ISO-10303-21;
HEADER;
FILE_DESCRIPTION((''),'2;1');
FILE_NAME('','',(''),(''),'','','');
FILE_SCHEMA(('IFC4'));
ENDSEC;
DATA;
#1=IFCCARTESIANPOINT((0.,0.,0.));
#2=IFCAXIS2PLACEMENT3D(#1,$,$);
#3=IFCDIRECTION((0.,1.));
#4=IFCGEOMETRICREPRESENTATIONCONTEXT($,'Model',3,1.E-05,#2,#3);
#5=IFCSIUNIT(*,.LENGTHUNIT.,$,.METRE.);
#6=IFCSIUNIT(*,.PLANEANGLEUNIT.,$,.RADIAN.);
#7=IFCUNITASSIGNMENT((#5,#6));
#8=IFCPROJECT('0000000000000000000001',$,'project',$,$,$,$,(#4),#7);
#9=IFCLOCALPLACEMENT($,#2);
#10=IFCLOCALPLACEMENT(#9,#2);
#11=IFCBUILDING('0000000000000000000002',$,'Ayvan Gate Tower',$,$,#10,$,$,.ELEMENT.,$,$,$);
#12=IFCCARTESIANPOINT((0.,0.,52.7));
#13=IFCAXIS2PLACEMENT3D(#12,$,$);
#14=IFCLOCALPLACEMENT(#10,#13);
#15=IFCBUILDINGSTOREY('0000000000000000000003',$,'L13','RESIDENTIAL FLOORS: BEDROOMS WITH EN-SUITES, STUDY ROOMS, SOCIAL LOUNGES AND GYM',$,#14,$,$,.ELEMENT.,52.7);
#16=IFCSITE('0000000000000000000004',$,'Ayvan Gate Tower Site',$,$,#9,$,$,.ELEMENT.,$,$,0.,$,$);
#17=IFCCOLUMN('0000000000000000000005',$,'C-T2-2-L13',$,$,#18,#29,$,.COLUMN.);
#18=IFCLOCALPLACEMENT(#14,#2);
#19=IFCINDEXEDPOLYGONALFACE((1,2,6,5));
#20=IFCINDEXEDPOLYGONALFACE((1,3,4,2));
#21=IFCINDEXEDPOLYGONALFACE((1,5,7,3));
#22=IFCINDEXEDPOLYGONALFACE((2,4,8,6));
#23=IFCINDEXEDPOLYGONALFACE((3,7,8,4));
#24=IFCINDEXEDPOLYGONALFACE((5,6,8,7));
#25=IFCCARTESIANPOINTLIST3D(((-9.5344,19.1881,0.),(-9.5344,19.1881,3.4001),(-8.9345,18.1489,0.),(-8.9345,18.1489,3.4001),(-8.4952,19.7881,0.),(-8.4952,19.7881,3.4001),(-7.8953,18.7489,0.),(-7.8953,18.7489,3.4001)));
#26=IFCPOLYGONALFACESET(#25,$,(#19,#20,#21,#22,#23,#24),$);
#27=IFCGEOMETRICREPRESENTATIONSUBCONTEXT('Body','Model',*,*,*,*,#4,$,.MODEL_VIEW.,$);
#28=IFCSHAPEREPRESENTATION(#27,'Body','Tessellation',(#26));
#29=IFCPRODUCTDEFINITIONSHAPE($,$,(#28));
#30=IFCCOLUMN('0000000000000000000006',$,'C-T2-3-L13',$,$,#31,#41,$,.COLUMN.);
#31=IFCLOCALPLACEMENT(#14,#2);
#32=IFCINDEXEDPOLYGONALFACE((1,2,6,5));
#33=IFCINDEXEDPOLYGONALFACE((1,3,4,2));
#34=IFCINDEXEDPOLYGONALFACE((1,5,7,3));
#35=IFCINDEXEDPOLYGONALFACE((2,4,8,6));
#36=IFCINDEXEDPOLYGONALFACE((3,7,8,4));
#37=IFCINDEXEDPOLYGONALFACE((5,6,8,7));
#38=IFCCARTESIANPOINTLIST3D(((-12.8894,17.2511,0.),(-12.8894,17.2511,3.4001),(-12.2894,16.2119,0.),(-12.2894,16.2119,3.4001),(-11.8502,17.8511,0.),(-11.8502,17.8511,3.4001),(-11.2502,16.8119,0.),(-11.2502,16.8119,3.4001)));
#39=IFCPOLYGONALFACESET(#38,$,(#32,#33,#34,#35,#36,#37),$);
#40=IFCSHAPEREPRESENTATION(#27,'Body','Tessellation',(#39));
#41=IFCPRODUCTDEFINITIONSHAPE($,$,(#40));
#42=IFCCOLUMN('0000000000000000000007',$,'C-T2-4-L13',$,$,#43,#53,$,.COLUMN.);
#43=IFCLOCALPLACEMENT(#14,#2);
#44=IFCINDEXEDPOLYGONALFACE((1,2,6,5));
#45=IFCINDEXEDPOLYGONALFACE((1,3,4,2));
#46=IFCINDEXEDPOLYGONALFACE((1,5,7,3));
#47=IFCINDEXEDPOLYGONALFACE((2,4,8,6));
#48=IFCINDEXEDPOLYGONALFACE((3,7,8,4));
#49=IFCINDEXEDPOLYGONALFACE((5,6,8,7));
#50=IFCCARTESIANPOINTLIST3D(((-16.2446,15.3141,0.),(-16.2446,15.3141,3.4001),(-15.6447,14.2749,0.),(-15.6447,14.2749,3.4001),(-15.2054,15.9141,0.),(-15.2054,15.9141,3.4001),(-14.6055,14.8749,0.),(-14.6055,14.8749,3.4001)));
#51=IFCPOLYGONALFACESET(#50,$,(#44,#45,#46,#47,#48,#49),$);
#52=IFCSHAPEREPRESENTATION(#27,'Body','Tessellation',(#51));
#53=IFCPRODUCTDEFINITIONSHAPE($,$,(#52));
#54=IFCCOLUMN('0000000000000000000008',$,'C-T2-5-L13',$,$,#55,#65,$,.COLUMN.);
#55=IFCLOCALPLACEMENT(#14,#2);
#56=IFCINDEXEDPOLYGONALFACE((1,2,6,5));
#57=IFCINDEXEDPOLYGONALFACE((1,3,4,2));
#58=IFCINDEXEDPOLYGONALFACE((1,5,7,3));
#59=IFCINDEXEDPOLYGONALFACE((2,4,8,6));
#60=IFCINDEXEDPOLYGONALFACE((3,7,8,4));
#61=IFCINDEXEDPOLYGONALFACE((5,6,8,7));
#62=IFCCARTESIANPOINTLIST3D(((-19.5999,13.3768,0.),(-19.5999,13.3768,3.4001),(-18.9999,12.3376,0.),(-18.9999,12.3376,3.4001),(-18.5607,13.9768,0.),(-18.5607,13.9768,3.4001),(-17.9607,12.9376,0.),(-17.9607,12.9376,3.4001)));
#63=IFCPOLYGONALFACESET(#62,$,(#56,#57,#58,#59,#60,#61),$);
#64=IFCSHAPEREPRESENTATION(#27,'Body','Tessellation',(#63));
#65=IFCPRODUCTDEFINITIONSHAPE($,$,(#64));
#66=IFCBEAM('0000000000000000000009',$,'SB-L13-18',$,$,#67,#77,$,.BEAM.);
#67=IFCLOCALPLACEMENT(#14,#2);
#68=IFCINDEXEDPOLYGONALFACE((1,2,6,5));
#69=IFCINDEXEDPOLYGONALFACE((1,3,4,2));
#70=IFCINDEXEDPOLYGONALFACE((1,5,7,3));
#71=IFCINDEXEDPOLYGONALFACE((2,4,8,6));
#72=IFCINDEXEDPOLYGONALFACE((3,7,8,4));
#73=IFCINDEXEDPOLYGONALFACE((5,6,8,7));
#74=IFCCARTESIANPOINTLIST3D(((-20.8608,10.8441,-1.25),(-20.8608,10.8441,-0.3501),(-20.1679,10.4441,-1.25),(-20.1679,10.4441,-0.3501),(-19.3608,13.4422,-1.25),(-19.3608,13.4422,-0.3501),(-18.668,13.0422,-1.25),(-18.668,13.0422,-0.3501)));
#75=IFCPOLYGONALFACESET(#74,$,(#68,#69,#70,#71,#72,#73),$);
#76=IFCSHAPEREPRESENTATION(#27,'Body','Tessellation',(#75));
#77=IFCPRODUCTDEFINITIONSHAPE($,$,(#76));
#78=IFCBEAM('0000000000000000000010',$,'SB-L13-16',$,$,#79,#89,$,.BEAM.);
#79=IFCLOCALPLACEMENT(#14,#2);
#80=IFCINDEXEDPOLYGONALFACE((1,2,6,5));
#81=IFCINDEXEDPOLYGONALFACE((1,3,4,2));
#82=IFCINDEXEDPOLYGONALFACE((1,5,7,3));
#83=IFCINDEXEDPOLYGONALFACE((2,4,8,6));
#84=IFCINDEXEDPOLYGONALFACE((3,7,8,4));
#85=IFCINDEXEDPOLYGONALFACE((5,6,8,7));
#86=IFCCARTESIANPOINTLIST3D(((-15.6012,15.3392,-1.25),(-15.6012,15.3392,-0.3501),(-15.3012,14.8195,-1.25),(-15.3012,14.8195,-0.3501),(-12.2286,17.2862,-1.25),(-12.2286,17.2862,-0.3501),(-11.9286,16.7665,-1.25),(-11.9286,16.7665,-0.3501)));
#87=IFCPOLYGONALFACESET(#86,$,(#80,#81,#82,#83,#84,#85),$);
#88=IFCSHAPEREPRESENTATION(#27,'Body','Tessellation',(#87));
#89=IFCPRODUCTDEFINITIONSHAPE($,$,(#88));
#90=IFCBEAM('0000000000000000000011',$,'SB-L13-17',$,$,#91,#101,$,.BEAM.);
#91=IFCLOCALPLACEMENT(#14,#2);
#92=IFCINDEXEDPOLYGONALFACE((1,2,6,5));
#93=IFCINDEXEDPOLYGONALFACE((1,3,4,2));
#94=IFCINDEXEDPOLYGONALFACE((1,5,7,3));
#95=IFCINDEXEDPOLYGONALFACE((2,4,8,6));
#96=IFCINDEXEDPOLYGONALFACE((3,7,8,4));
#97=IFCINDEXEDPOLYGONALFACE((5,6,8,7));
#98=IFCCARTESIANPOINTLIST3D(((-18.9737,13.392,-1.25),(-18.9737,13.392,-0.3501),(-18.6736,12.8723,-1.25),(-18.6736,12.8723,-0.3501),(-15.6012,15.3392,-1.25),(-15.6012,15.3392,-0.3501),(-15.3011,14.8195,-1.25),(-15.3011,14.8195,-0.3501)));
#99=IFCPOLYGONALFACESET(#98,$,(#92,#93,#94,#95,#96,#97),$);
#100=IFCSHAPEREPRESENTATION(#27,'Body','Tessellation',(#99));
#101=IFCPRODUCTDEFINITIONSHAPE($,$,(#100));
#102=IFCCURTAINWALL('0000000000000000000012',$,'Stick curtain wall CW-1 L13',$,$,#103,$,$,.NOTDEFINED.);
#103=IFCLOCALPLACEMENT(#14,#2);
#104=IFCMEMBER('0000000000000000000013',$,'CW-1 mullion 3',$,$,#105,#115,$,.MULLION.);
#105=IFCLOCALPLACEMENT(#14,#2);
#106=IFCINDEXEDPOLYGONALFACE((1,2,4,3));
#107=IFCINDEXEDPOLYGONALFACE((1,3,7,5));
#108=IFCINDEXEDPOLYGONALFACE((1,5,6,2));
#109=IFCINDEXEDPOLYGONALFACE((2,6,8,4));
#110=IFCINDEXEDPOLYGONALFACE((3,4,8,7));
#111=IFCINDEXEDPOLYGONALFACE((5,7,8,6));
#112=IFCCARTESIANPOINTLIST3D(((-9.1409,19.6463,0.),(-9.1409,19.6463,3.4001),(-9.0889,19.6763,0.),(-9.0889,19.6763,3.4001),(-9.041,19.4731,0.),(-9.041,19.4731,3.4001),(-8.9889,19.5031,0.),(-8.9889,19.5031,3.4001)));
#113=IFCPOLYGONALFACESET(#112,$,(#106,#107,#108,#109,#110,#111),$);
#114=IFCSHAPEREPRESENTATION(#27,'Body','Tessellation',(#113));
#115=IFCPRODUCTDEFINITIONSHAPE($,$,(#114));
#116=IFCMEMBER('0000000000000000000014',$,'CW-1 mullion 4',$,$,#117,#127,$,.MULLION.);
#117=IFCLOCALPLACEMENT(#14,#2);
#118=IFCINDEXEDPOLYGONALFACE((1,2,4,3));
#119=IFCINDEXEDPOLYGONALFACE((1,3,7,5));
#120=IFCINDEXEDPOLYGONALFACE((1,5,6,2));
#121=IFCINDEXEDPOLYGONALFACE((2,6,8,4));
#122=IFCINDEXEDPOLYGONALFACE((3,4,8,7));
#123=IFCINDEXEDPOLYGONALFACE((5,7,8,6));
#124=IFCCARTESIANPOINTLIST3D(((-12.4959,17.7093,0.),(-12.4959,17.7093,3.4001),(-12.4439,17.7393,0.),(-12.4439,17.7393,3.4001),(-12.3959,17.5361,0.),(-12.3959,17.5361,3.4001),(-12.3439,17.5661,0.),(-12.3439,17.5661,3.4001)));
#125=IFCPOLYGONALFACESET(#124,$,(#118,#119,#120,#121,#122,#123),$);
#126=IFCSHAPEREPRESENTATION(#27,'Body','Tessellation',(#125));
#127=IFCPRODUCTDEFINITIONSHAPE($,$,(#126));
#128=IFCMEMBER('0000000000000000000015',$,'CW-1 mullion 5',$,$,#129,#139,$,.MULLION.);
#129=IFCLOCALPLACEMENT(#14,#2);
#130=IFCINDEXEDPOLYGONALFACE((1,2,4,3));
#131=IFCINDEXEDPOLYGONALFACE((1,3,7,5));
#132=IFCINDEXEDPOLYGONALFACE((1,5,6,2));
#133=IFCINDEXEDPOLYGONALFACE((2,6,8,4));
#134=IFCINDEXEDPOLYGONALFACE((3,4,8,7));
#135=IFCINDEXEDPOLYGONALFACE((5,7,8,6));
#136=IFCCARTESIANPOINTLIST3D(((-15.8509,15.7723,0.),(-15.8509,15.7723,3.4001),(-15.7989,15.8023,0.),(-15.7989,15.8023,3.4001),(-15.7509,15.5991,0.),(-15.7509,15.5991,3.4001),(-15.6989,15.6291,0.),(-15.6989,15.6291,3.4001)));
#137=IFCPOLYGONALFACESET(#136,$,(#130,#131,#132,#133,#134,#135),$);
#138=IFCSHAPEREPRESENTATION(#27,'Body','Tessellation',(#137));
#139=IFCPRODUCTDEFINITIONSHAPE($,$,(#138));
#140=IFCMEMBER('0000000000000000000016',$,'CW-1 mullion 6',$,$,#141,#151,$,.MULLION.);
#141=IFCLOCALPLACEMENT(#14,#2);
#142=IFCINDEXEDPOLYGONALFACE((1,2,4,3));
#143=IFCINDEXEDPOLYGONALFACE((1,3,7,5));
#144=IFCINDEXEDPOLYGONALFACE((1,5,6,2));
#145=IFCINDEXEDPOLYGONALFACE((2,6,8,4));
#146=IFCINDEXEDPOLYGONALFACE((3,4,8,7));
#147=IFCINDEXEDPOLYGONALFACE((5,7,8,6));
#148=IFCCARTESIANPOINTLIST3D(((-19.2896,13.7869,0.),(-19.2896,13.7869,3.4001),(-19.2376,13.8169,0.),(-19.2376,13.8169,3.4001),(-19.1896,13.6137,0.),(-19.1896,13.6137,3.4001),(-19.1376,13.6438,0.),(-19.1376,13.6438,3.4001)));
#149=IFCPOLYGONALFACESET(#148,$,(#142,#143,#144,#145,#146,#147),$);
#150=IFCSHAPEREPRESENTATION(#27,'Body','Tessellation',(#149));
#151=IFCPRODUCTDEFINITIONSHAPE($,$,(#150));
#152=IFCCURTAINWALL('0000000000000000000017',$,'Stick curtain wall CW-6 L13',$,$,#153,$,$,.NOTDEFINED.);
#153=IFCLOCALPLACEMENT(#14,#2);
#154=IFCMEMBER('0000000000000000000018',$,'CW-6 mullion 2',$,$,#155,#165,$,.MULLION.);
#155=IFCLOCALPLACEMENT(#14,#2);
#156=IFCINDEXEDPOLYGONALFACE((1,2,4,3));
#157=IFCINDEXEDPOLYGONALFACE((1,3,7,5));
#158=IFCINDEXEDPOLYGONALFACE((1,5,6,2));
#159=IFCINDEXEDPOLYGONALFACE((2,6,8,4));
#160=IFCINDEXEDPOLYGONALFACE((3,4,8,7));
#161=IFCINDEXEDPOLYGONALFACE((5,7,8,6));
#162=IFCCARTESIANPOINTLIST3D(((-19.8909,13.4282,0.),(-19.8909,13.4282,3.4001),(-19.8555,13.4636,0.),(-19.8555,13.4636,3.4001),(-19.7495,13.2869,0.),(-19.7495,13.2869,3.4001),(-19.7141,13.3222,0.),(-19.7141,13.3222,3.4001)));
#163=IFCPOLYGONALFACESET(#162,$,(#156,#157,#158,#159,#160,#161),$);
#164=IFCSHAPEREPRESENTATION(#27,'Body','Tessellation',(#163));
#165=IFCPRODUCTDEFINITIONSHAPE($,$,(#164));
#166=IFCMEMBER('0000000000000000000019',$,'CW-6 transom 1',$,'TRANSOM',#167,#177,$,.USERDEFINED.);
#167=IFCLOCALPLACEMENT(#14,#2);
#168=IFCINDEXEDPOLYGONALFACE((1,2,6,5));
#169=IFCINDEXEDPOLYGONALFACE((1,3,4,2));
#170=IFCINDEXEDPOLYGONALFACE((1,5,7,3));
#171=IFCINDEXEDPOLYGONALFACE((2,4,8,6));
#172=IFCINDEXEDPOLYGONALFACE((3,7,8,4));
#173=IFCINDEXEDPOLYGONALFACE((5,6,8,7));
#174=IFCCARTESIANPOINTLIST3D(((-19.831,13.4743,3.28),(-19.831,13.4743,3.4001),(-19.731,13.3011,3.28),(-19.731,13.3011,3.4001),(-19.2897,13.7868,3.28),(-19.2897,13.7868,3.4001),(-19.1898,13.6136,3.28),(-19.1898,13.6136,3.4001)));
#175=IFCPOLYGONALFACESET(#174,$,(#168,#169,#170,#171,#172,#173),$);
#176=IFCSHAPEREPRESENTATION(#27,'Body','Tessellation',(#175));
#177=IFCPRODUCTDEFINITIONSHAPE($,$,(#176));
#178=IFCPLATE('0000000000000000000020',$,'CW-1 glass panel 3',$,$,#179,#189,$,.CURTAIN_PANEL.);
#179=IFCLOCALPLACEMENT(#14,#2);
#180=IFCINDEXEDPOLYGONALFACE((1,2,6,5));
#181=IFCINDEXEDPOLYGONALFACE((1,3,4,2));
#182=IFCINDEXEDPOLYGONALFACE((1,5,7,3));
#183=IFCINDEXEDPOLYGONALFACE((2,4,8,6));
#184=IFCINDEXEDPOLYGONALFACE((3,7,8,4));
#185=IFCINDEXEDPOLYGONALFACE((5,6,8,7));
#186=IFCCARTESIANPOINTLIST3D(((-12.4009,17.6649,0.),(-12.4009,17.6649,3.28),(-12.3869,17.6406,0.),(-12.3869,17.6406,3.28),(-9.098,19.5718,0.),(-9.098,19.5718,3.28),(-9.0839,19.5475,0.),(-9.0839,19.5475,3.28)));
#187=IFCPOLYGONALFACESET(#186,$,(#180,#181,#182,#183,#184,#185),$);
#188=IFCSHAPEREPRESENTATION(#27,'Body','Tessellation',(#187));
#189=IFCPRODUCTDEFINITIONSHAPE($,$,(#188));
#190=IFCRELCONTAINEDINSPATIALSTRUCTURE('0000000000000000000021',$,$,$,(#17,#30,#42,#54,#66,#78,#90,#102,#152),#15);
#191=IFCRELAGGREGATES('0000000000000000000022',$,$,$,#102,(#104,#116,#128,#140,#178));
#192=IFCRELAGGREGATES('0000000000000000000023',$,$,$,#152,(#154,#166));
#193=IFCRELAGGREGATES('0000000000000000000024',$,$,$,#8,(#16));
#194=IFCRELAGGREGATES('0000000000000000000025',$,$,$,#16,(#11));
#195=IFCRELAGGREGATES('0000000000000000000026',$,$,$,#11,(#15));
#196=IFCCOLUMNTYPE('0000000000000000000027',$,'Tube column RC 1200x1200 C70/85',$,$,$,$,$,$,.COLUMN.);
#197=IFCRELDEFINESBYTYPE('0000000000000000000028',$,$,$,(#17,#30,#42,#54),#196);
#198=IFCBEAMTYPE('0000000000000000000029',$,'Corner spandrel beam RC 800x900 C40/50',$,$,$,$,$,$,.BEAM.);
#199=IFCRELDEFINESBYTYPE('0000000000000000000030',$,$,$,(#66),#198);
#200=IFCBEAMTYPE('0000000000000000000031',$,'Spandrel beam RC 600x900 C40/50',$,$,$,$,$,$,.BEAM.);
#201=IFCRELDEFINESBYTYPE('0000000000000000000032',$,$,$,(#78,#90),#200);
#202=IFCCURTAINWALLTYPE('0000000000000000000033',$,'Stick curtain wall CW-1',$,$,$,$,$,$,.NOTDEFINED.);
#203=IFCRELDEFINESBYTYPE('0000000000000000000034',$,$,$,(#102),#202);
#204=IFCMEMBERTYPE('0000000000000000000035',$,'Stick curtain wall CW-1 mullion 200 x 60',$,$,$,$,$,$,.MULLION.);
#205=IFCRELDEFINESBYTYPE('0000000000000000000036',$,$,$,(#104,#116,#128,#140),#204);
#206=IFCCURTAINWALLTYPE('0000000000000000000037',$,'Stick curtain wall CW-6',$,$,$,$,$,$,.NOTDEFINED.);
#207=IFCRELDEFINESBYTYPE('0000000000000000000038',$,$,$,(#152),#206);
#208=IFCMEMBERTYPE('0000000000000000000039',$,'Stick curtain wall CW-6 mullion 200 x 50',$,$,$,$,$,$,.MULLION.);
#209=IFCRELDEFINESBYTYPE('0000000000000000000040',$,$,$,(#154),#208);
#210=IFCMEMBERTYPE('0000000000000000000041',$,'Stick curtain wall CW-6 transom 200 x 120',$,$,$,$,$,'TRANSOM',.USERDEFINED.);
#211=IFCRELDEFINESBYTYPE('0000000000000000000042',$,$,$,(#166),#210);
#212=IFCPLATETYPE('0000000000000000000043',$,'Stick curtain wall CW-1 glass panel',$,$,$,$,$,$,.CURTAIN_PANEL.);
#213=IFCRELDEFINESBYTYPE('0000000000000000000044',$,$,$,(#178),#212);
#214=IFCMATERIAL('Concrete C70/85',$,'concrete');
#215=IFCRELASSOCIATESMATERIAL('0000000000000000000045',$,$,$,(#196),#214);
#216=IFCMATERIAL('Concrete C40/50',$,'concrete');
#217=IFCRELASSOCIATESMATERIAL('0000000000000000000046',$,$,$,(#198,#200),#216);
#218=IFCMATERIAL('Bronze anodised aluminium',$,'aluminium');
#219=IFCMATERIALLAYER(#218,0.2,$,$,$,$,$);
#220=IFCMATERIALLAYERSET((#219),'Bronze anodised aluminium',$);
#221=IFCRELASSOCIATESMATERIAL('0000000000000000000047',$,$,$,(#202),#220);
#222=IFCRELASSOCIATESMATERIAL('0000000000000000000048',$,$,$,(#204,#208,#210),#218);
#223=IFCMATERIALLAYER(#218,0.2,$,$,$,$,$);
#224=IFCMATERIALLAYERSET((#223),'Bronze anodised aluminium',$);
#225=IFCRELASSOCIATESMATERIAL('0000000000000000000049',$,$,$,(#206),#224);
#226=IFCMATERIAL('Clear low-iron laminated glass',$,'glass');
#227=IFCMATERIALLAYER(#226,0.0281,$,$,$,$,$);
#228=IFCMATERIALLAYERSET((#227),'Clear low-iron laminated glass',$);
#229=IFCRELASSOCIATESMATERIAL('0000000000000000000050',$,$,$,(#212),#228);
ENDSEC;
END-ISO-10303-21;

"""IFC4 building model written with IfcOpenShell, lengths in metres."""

from ifc_helpers import new_model, si_unit, direction, frame, origin, origin_2d, place, context, subcontext, project, spatial, rectangle, extrude, material, layer, layer_set, material_profile, profile_set, type_object, element, aggregate, save


model = new_model("IFC4")

# Units and contexts
model_context = context("Model", 3, precision=1e-05, world=origin(), true_north=direction((0.0, 1.0)))
body_context = subcontext(model_context, "Body", "Model", "MODEL_VIEW")
ifc_project = project(units=[si_unit("LENGTHUNIT", "METRE"), si_unit("PLANEANGLEUNIT", "RADIAN")], contexts=[model_context])

# Site, building, storey
site_placement = place(None, origin())
site = spatial("IfcSite", under=ifc_project, at=site_placement, Name="Ayvan Gate Tower Site", CompositionType="ELEMENT", RefElevation=0.0)
building_placement = place(site_placement, origin())
building = spatial("IfcBuilding", under=site, at=building_placement, Name="Ayvan Gate Tower", CompositionType="ELEMENT")
storey_placement = place(building_placement, frame((0.0, 0.0, 52.7)))
storey = spatial("IfcBuildingStorey", under=building, at=storey_placement, Name="L13", Description="RESIDENTIAL FLOORS: BEDROOMS WITH EN-SUITES, STUDY ROOMS, SOCIAL LOUNGES AND GYM", CompositionType="ELEMENT", Elevation=52.7)

# Columns
ifc_material_1 = material(Name="Concrete C70/85", Category="concrete")
ifc_material_profile_1 = material_profile(ifc_material_1, rectangle(XDim=1.2, YDim=1.2, at=origin_2d()), Name="RC 1200x1200")
ifc_profile_set_1 = profile_set([ifc_material_profile_1], Name="Concrete C70/85")
column_type = type_object("IfcColumnType", Name="Tube column RC 1200x1200 C70/85", PredefinedType="COLUMN", material=ifc_profile_set_1)
for number, where, z_axis, x_axis, name in (
    (1, (-8.7148, 18.9685, 0.0), (0.0, 0.0, 1.0), (-0.5, 0.866025, 0.0), "C-T2-2-L13"),
    (2, (-12.0698, 17.0315, 0.0), (0.0, 0.0, 1.0), (-0.5, 0.866025, 0.0), "C-T2-3-L13"),
    (3, (-15.425, 15.0945, 0.0), (0.0, 0.0, 1.0), (-0.5, 0.866025, 0.0), "C-T2-4-L13"),
    (4, (-18.7803, 13.1572, 0.0), (0.0, 0.0, 1.0), (-0.5, 0.866025, 0.0), "C-T2-5-L13"),
):
    element("IfcColumn", number, at=place(storey_placement, frame(where, z_axis=z_axis, x_axis=x_axis)), inside=storey, type_object=column_type, Name=name, PredefinedType="COLUMN", context=body_context, shape_type="SweptSolid", body=[
        extrude(rectangle(XDim=1.2, YDim=1.2, at=origin_2d()), origin(), (0.0, 0.0, 1.0), 3.4001),
    ])

# Beams
ifc_material_2 = material(Name="Concrete C40/50", Category="concrete")
ifc_material_profile_2 = material_profile(ifc_material_2, rectangle(XDim=0.8, YDim=0.8999, at=origin_2d()), Name="RC 800x900")
ifc_profile_set_2 = profile_set([ifc_material_profile_2], Name="Concrete C40/50")
beam_type_1 = type_object("IfcBeamType", Name="Corner spandrel beam RC 800x900 C40/50", PredefinedType="BEAM", material=ifc_profile_set_2)
beam_placement = place(storey_placement, frame((-19.0144, 13.2422, -0.8), z_axis=(-0.49999, -0.866031, 0.0), x_axis=(0.866031, -0.49999, 0.0)))
element("IfcBeam", 5, at=beam_placement, inside=storey, type_object=beam_type_1, Name="SB-L13-18", PredefinedType="BEAM", context=body_context, shape_type="SweptSolid", body=[
    extrude(rectangle(XDim=0.8, YDim=0.8999, at=origin_2d()), origin(), (0.0, 0.0, 1.0), 3.0),
])
ifc_material_profile_3 = material_profile(ifc_material_2, rectangle(XDim=0.6001, YDim=0.8999, at=origin_2d()), Name="RC 600x900")
ifc_profile_set_3 = profile_set([ifc_material_profile_3], Name="Concrete C40/50")
beam_type_2 = type_object("IfcBeamType", Name="Spandrel beam RC 600x900 C40/50", PredefinedType="BEAM", material=ifc_profile_set_3)
for number, where, z_axis, x_axis, name in (
    (6, (-12.0786, 17.0264, -0.8), (-0.866039, -0.499976, 0.0), (0.499976, -0.866039, 0.0), "SB-L13-16"),
    (7, (-15.4512, 15.0793, -0.8), (-0.866012, -0.500023, 0.0), (0.500023, -0.866012, 0.0), "SB-L13-17"),
):
    element("IfcBeam", number, at=place(storey_placement, frame(where, z_axis=z_axis, x_axis=x_axis)), inside=storey, type_object=beam_type_2, Name=name, PredefinedType="BEAM", context=body_context, shape_type="SweptSolid", body=[
        extrude(rectangle(XDim=0.6001, YDim=0.8999, at=origin_2d()), origin(), (0.0, 0.0, 1.0), 3.8943),
    ])

# Curtain walls, members
ifc_material_3 = material(Name="Bronze anodised aluminium", Category="aluminium")
ifc_layer_1 = layer(ifc_material_3, 0.2)
ifc_layer_set_1 = layer_set([ifc_layer_1], Name="Bronze anodised aluminium")
curtain_wall_type_1 = type_object("IfcCurtainWallType", Name="Stick curtain wall CW-1", PredefinedType="NOTDEFINED", material=ifc_layer_set_1)
curtain_wall_1_placement = place(storey_placement, origin())
curtain_wall_1 = element("IfcCurtainWall", 8, at=curtain_wall_1_placement, inside=storey, type_object=curtain_wall_type_1, Name="Stick curtain wall CW-1 L13", PredefinedType="NOTDEFINED")
ifc_material_profile_4 = material_profile(ifc_material_3, rectangle(XDim=0.2, YDim=0.0601, at=origin_2d()), Name="Stick curtain wall CW-1 mullion 200 x 60")
ifc_profile_set_4 = profile_set([ifc_material_profile_4], Name="Bronze anodised aluminium")
member_type_1 = type_object("IfcMemberType", Name="Stick curtain wall CW-1 mullion 200 x 60", PredefinedType="MULLION", material=ifc_profile_set_4)
member_1_placement = place(storey_placement, frame((-9.0649, 19.5747, 0.0), z_axis=(0.0, 0.0, 1.0), x_axis=(-0.5, 0.866025, 0.0)))
member_1 = element("IfcMember", 9, at=member_1_placement, type_object=member_type_1, Name="CW-1 mullion 3", PredefinedType="MULLION", context=body_context, shape_type="SweptSolid", body=[
    extrude(rectangle(XDim=0.2, YDim=0.0601, at=origin_2d()), origin(), (0.0, 0.0, 1.0), 3.4001),
])
member_2_placement = place(storey_placement, frame((-12.4199, 17.6377, 0.0), z_axis=(0.0, 0.0, 1.0), x_axis=(-0.5, 0.866025, 0.0)))
member_2 = element("IfcMember", 10, at=member_2_placement, type_object=member_type_1, Name="CW-1 mullion 4", PredefinedType="MULLION", context=body_context, shape_type="SweptSolid", body=[
    extrude(rectangle(XDim=0.2, YDim=0.0601, at=origin_2d()), origin(), (0.0, 0.0, 1.0), 3.4001),
])
member_3_placement = place(storey_placement, frame((-15.7749, 15.7007, 0.0), z_axis=(0.0, 0.0, 1.0), x_axis=(-0.5, 0.866025, 0.0)))
member_3 = element("IfcMember", 11, at=member_3_placement, type_object=member_type_1, Name="CW-1 mullion 5", PredefinedType="MULLION", context=body_context, shape_type="SweptSolid", body=[
    extrude(rectangle(XDim=0.2, YDim=0.0601, at=origin_2d()), origin(), (0.0, 0.0, 1.0), 3.4001),
])
member_4_placement = place(storey_placement, frame((-19.2136, 13.7153, 0.0), z_axis=(0.0, 0.0, 1.0), x_axis=(-0.5, 0.866025, 0.0)))
member_4 = element("IfcMember", 12, at=member_4_placement, type_object=member_type_1, Name="CW-1 mullion 6", PredefinedType="MULLION", context=body_context, shape_type="SweptSolid", body=[
    extrude(rectangle(XDim=0.2, YDim=0.0601, at=origin_2d()), origin(), (0.0, 0.0, 1.0), 3.4001),
])
ifc_layer_2 = layer(ifc_material_3, 0.2)
ifc_layer_set_2 = layer_set([ifc_layer_2], Name="Bronze anodised aluminium")
curtain_wall_type_2 = type_object("IfcCurtainWallType", Name="Stick curtain wall CW-6", PredefinedType="NOTDEFINED", material=ifc_layer_set_2)
curtain_wall_2_placement = place(storey_placement, origin())
curtain_wall_2 = element("IfcCurtainWall", 13, at=curtain_wall_2_placement, inside=storey, type_object=curtain_wall_type_2, Name="Stick curtain wall CW-6 L13", PredefinedType="NOTDEFINED")
ifc_material_profile_5 = material_profile(ifc_material_3, rectangle(XDim=0.2, YDim=0.05, at=origin_2d()), Name="Stick curtain wall CW-6 mullion 200 x 50")
ifc_profile_set_5 = profile_set([ifc_material_profile_5], Name="Bronze anodised aluminium")
member_type_2 = type_object("IfcMemberType", Name="Stick curtain wall CW-6 mullion 200 x 50", PredefinedType="MULLION", material=ifc_profile_set_5)
member_5_placement = place(storey_placement, frame((-19.8025, 13.3752, 0.0), z_axis=(0.0, 0.0, 1.0), x_axis=(-0.707107, 0.707107, 0.0)))
member_5 = element("IfcMember", 14, at=member_5_placement, type_object=member_type_2, Name="CW-6 mullion 2", PredefinedType="MULLION", context=body_context, shape_type="SweptSolid", body=[
    extrude(rectangle(XDim=0.2, YDim=0.05, at=origin_2d()), origin(), (0.0, 0.0, 1.0), 3.4001),
])
ifc_material_profile_6 = material_profile(ifc_material_3, rectangle(XDim=0.2, YDim=0.1201, at=origin_2d()), Name="Stick curtain wall CW-6 transom 200 x 120")
ifc_profile_set_6 = profile_set([ifc_material_profile_6], Name="Bronze anodised aluminium")
member_type_3 = type_object("IfcMemberType", Name="Stick curtain wall CW-6 transom 200 x 120", ElementType="TRANSOM", PredefinedType="USERDEFINED", material=ifc_profile_set_6)
member_6_placement = place(storey_placement, frame((-19.2397, 13.7002, 3.3401), z_axis=(-0.866023, -0.500004, 0.0), x_axis=(0.500004, -0.866023, 0.0)))
member_6 = element("IfcMember", 15, at=member_6_placement, type_object=member_type_3, Name="CW-6 transom 1", ObjectType="TRANSOM", PredefinedType="USERDEFINED", context=body_context, shape_type="SweptSolid", body=[
    extrude(rectangle(XDim=0.2, YDim=0.1201, at=origin_2d()), origin(), (0.0, 0.0, 1.0), 0.625),
])

# Plate
ifc_material_4 = material(Name="Clear low-iron laminated glass", Category="glass")
ifc_layer_3 = layer(ifc_material_4, 0.0281)
ifc_layer_set_3 = layer_set([ifc_layer_3], Name="Clear low-iron laminated glass")
plate_type_1 = type_object("IfcPlateType", Name="Stick curtain wall CW-1 glass panel", PredefinedType="CURTAIN_PANEL", material=ifc_layer_set_3)
plate_1_placement = place(storey_placement, frame((-10.7424, 18.6062, 0.0), z_axis=(0.0, 0.0, 1.0), x_axis=(-0.866025, -0.5, 0.0)))
plate_1 = element("IfcPlate", 16, at=plate_1_placement, type_object=plate_type_1, Name="CW-1 glass panel 3", PredefinedType="CURTAIN_PANEL", context=body_context, shape_type="SweptSolid", body=[
    extrude(rectangle(XDim=3.814, YDim=0.0281, at=origin_2d()), origin(), (0.0, 0.0, 1.0), 3.28),
])
aggregate(curtain_wall_1, [member_1, member_2, member_3, member_4, plate_1])
aggregate(curtain_wall_2, [member_5, member_6])

save(model, "model.ifc")
